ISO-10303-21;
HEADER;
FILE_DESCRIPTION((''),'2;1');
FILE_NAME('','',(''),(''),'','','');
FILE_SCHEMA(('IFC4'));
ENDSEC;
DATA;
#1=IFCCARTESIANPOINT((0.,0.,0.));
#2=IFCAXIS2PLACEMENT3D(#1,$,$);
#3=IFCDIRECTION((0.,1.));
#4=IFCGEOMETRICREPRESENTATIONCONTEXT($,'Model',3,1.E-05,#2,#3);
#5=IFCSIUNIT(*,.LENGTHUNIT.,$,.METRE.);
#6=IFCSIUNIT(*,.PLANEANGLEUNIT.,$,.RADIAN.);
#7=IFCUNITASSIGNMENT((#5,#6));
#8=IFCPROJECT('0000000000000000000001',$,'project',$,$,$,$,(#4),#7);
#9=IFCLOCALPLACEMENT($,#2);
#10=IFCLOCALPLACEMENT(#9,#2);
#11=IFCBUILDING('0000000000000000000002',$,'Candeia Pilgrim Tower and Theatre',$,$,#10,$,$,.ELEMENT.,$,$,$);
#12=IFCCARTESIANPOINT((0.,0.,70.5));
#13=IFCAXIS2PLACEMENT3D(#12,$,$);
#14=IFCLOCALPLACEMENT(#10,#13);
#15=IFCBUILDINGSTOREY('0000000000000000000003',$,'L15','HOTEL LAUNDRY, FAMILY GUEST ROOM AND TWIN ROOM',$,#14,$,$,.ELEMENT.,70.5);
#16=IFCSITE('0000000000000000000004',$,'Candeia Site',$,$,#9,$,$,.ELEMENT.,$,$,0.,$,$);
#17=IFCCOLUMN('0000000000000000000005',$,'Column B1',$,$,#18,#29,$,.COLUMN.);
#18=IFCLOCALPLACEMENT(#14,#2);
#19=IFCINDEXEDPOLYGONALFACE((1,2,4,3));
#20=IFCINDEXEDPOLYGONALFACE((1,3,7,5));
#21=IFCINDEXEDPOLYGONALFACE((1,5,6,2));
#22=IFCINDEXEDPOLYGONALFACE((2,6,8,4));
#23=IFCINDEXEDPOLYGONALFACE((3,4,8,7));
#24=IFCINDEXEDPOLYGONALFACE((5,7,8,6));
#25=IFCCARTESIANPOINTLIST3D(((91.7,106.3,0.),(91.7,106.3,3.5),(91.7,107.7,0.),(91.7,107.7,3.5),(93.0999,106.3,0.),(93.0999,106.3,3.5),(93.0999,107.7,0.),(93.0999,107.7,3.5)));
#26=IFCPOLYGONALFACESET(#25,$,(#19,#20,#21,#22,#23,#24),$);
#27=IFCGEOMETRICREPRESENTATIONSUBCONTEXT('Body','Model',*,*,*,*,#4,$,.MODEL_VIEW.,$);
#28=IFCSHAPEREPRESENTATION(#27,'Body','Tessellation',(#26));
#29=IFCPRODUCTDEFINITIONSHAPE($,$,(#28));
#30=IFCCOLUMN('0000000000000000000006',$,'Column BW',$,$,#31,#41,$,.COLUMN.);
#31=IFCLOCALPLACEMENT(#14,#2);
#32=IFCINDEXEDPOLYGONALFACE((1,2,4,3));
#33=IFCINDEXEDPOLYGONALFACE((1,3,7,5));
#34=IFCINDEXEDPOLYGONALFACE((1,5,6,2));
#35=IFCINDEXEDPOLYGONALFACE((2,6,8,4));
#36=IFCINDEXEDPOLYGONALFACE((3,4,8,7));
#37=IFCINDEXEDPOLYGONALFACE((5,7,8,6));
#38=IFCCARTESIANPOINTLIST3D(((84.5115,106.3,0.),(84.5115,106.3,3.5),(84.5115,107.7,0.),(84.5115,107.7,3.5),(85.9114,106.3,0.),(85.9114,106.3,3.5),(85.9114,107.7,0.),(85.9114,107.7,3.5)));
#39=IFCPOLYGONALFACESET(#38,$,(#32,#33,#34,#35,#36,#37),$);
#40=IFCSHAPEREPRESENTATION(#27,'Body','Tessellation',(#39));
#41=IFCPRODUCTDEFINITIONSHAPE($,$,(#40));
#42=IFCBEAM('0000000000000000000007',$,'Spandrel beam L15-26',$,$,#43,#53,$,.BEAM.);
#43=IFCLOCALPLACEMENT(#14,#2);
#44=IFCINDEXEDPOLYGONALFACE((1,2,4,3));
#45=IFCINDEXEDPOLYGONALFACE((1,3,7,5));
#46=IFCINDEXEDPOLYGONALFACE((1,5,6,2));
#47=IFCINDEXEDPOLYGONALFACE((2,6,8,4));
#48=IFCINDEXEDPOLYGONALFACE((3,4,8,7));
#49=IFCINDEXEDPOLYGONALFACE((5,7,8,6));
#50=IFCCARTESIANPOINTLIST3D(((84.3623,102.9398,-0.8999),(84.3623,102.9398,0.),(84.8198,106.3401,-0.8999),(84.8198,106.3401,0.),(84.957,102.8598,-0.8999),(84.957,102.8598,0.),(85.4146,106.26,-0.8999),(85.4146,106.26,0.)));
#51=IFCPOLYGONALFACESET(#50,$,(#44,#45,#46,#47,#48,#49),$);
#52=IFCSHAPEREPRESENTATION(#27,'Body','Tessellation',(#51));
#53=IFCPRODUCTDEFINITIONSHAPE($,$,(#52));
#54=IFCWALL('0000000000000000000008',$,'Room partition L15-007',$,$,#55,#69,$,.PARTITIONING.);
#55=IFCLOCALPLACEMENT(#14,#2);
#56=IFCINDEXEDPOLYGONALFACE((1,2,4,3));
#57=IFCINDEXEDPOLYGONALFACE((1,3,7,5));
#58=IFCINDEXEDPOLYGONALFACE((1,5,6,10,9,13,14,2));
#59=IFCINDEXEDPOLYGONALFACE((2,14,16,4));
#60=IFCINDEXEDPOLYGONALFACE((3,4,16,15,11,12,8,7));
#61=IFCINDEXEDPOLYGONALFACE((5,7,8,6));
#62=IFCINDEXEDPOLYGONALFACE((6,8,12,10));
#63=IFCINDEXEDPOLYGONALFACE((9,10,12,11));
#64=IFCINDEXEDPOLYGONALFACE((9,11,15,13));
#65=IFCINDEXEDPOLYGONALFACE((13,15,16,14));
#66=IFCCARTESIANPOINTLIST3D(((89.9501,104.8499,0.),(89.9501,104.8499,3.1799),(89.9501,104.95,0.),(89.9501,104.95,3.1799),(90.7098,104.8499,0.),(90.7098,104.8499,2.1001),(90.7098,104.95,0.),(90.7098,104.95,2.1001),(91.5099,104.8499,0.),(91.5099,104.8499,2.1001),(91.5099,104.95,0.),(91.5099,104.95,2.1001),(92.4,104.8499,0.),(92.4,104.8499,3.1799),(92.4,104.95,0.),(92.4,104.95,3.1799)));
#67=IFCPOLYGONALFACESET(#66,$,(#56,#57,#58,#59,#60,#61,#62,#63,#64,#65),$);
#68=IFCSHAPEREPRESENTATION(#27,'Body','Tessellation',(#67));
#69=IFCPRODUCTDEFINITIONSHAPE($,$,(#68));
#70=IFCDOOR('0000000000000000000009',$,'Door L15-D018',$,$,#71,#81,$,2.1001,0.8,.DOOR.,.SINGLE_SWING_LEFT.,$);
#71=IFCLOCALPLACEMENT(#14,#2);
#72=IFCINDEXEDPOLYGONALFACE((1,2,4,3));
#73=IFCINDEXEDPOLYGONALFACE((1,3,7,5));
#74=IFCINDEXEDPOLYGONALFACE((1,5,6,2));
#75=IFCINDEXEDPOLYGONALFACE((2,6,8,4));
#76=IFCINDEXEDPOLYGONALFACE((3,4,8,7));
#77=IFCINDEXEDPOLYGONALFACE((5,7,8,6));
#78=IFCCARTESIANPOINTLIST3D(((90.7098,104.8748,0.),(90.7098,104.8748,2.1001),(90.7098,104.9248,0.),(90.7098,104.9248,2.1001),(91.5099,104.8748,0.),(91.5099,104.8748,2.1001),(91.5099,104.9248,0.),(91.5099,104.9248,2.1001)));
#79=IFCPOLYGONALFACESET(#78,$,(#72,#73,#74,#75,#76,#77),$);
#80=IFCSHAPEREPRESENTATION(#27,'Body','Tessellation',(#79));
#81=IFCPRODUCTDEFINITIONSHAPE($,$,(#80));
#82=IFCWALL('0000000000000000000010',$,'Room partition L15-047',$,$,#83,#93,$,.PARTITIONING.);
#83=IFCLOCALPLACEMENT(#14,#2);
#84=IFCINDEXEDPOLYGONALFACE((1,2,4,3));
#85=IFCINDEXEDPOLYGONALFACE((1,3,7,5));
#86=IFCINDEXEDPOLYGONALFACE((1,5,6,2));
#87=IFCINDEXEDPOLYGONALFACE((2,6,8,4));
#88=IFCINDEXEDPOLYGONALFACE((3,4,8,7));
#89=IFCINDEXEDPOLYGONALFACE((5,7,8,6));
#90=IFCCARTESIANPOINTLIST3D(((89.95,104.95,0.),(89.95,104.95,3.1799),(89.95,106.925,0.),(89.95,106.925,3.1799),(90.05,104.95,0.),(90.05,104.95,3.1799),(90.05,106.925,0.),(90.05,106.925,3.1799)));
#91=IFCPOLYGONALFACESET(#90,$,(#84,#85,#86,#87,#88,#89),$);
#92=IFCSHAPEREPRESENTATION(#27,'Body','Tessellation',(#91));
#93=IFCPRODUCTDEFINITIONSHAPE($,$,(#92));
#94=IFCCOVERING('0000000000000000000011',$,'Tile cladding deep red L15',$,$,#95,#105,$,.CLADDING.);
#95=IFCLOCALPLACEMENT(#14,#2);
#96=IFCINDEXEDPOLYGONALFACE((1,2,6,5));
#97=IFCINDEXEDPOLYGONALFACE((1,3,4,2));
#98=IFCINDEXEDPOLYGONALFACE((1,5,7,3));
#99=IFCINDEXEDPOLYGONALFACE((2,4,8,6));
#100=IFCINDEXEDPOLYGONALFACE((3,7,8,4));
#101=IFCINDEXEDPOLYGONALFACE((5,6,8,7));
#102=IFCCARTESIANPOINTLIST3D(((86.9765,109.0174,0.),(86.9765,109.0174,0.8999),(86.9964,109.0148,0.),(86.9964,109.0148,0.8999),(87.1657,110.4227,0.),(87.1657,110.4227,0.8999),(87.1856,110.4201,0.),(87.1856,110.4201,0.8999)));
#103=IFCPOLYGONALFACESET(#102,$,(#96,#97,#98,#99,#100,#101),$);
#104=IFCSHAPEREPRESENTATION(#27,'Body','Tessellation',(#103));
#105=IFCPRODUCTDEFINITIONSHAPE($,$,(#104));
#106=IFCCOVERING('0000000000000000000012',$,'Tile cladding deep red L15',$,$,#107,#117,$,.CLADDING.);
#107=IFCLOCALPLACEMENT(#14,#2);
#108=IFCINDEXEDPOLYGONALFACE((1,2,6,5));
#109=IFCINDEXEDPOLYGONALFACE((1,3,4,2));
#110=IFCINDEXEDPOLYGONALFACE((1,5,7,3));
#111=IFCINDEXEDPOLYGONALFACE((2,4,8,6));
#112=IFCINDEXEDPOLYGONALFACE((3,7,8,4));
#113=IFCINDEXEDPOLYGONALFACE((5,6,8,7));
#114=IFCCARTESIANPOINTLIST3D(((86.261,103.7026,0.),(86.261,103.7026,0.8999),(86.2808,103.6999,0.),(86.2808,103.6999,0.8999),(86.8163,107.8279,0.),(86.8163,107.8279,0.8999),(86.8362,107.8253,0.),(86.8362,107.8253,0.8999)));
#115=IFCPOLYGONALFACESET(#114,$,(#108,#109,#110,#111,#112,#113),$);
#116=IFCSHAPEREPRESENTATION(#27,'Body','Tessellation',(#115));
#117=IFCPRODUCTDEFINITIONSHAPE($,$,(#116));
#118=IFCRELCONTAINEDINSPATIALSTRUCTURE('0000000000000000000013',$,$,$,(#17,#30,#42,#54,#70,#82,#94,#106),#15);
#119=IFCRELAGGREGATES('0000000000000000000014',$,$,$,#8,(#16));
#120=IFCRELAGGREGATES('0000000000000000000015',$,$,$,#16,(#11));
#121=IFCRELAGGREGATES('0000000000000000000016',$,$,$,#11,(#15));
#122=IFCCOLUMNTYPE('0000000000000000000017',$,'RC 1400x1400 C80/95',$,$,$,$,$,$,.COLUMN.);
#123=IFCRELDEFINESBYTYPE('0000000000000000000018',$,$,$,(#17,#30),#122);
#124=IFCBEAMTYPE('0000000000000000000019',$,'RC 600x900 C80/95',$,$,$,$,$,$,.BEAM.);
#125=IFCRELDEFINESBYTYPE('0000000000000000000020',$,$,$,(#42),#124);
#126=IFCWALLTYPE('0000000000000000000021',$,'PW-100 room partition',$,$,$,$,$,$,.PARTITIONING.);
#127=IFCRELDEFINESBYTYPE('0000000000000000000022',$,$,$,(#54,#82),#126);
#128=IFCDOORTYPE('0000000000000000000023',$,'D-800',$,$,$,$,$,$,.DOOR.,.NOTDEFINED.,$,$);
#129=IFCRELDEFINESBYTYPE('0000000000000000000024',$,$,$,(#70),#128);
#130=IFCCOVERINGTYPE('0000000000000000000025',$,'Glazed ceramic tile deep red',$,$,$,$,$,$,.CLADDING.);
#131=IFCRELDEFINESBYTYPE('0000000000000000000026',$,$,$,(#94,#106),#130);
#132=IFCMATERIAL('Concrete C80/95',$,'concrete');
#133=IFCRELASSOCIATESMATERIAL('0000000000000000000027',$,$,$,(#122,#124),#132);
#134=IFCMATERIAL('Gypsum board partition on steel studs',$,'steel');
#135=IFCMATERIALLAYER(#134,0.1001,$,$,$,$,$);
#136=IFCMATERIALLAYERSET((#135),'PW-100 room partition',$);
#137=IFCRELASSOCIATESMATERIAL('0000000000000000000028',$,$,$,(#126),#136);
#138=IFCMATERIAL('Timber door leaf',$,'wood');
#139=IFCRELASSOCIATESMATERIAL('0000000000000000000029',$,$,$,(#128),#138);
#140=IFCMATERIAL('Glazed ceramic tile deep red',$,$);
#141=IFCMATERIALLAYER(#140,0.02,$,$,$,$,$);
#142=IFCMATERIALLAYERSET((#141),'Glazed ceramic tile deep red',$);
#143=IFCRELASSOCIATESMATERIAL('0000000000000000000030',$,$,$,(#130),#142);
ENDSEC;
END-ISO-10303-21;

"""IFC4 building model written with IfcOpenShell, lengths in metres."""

from ifc_helpers import new_model, si_unit, direction, frame, frame_2d, origin, origin_2d, place, context, subcontext, project, spatial, rectangle, extrude, material, layer, layer_set, material_profile, profile_set, type_object, element, fill, save


model = new_model("IFC4")

# Units and contexts
model_context = context("Model", 3, precision=1e-05, world=origin(), true_north=direction((0.0, 1.0)))
body_context = subcontext(model_context, "Body", "Model", "MODEL_VIEW")
ifc_project = project(units=[si_unit("LENGTHUNIT", "METRE"), si_unit("PLANEANGLEUNIT", "RADIAN")], contexts=[model_context])

# Site, building, storey
site_placement = place(None, origin())
site = spatial("IfcSite", under=ifc_project, at=site_placement, Name="Candeia Site", CompositionType="ELEMENT", RefElevation=0.0)
building_placement = place(site_placement, origin())
building = spatial("IfcBuilding", under=site, at=building_placement, Name="Candeia Pilgrim Tower and Theatre", CompositionType="ELEMENT")
storey_placement = place(building_placement, frame((0.0, 0.0, 70.5)))
storey = spatial("IfcBuildingStorey", under=building, at=storey_placement, Name="L15", Description="HOTEL LAUNDRY, FAMILY GUEST ROOM AND TWIN ROOM", CompositionType="ELEMENT", Elevation=70.5)

# Columns
ifc_material_1 = material(Name="Concrete C80/95", Category="concrete")
ifc_material_profile_1 = material_profile(ifc_material_1, rectangle(XDim=1.3999, YDim=1.3999, at=origin_2d()))
ifc_profile_set_1 = profile_set([ifc_material_profile_1], Name="Concrete C80/95")
column_type = type_object("IfcColumnType", Name="RC 1400x1400 C80/95", PredefinedType="COLUMN", material=ifc_profile_set_1)
for number, where, z_axis, x_axis, name in (
    (1, (92.3999, 107.0, 0.0), (0.0, 0.0, 1.0), (1.0, 0.0, 0.0), "Column B1"),
    (2, (85.2114, 107.0, 0.0), (0.0, 0.0, 1.0), (1.0, 0.0, 0.0), "Column BW"),
):
    element("IfcColumn", number, at=place(storey_placement, frame(where, z_axis=z_axis, x_axis=x_axis)), inside=storey, type_object=column_type, Name=name, PredefinedType="COLUMN", context=body_context, shape_type="SweptSolid", body=[
        extrude(rectangle(XDim=1.3999, YDim=1.3999, at=origin_2d()), origin(), (0.0, 0.0, 1.0), 3.5),
    ])

# Beam
ifc_material_profile_2 = material_profile(ifc_material_1, rectangle(XDim=0.6001, YDim=0.8999, at=origin_2d()))
ifc_profile_set_2 = profile_set([ifc_material_profile_2], Name="Concrete C80/95")
beam_type = type_object("IfcBeamType", Name="RC 600x900 C80/95", PredefinedType="BEAM", material=ifc_profile_set_2)
beam_placement = place(storey_placement, frame((85.1172, 106.3, -0.45), z_axis=(-0.133357, -0.991068, 0.0), x_axis=(0.991068, -0.133357, 0.0)))
element("IfcBeam", 3, at=beam_placement, inside=storey, type_object=beam_type, Name="Spandrel beam L15-26", PredefinedType="BEAM", context=body_context, shape_type="SweptSolid", body=[
    extrude(rectangle(XDim=0.6001, YDim=0.8999, at=origin_2d()), origin(), (0.0, 0.0, 1.0), 3.4309),
])

# Wall, opening, door
ifc_material_2 = material(Name="Gypsum board partition on steel studs", Category="steel")
ifc_layer_1 = layer(ifc_material_2, 0.1001)
ifc_layer_set_1 = layer_set([ifc_layer_1], Name="PW-100 room partition")
wall_type_1 = type_object("IfcWallType", Name="PW-100 room partition", PredefinedType="PARTITIONING", material=ifc_layer_set_1)
wall_1_placement = place(storey_placement, frame((89.95, 104.8999, 0.0), z_axis=(0.0, 0.0, 1.0), x_axis=(1.0, 0.0, 0.0)))
wall_1 = element("IfcWall", 4, at=wall_1_placement, inside=storey, type_object=wall_type_1, Name="Room partition L15-007", PredefinedType="PARTITIONING", context=body_context, shape_type="SweptSolid", body=[
    extrude(rectangle(XDim=2.45, YDim=0.1001, at=frame_2d((1.2251, 0.0))), origin(), (0.0, 0.0, 1.0), 3.1799),
])
opening_1_placement = place(wall_1_placement, frame((0.76, 0.0, 0.0)))
opening_1 = element("IfcOpeningElement", 5, at=opening_1_placement, cuts=wall_1, PredefinedType="OPENING", context=body_context, shape_type="SweptSolid", body=[
    extrude(rectangle(XDim=0.8, YDim=2.1001, at=frame_2d((0.3999, 1.05))), frame((0.0, 0.0601, 0.0), z_axis=(0.0, -1.0, 0.0), x_axis=(1.0, 0.0, 0.0)), (0.0, 0.0, 1.0), 0.1201),
])
ifc_material_3 = material(Name="Timber door leaf", Category="wood")
door_type_1 = type_object("IfcDoorType", Name="D-800", OperationType="NOTDEFINED", PredefinedType="DOOR", material=ifc_material_3)
door_1_placement = place(opening_1_placement, origin())
door_1 = element("IfcDoor", 6, at=door_1_placement, inside=storey, type_object=door_type_1, Name="Door L15-D018", OperationType="SINGLE_SWING_LEFT", OverallHeight=2.1001, OverallWidth=0.8, PredefinedType="DOOR", context=body_context, shape_type="SweptSolid", body=[
    extrude(rectangle(XDim=0.8, YDim=2.1001, at=frame_2d((0.3999, 1.05))), frame((0.0, 0.0249, 0.0), z_axis=(0.0, -1.0, 0.0), x_axis=(1.0, 0.0, 0.0)), (0.0, 0.0, 1.0), 0.05),
])
fill(opening_1, door_1)

# Wall
wall_2_placement = place(storey_placement, frame((90.0, 104.95, 0.0), z_axis=(0.0, 0.0, 1.0), x_axis=(0.0, 1.0, 0.0)))
element("IfcWall", 7, at=wall_2_placement, inside=storey, type_object=wall_type_1, Name="Room partition L15-047", PredefinedType="PARTITIONING", context=body_context, shape_type="SweptSolid", body=[
    extrude(rectangle(XDim=1.9751, YDim=0.1001, at=frame_2d((0.9875, 0.0))), origin(), (0.0, 0.0, 1.0), 3.1799),
])

# Coverings
ifc_material_4 = material(Name="Glazed ceramic tile deep red")
ifc_layer_2 = layer(ifc_material_4, 0.02)
ifc_layer_set_2 = layer_set([ifc_layer_2], Name="Glazed ceramic tile deep red")
covering_type = type_object("IfcCoveringType", Name="Glazed ceramic tile deep red", PredefinedType="CLADDING", material=ifc_layer_set_2)
covering_1_placement = place(storey_placement, frame((87.0811, 109.7188, 0.0), z_axis=(0.0, 0.0, 1.0), x_axis=(-0.133412, -0.991061, 0.0)))
element("IfcCovering", 8, at=covering_1_placement, inside=storey, type_object=covering_type, Name="Tile cladding deep red L15", PredefinedType="CLADDING", context=body_context, shape_type="SweptSolid", body=[
    extrude(rectangle(XDim=1.418, YDim=0.02, at=origin_2d()), origin(), (0.0, 0.0, 1.0), 0.8999),
])
covering_2_placement = place(storey_placement, frame((86.5486, 105.7639, 0.0), z_axis=(0.0, 0.0, 1.0), x_axis=(-0.133412, -0.991061, 0.0)))
element("IfcCovering", 9, at=covering_2_placement, inside=storey, type_object=covering_type, Name="Tile cladding deep red L15", PredefinedType="CLADDING", context=body_context, shape_type="SweptSolid", body=[
    extrude(rectangle(XDim=4.1626, YDim=0.02, at=origin_2d()), origin(), (0.0, 0.0, 1.0), 0.8999),
])

save(model, "model.ifc")
